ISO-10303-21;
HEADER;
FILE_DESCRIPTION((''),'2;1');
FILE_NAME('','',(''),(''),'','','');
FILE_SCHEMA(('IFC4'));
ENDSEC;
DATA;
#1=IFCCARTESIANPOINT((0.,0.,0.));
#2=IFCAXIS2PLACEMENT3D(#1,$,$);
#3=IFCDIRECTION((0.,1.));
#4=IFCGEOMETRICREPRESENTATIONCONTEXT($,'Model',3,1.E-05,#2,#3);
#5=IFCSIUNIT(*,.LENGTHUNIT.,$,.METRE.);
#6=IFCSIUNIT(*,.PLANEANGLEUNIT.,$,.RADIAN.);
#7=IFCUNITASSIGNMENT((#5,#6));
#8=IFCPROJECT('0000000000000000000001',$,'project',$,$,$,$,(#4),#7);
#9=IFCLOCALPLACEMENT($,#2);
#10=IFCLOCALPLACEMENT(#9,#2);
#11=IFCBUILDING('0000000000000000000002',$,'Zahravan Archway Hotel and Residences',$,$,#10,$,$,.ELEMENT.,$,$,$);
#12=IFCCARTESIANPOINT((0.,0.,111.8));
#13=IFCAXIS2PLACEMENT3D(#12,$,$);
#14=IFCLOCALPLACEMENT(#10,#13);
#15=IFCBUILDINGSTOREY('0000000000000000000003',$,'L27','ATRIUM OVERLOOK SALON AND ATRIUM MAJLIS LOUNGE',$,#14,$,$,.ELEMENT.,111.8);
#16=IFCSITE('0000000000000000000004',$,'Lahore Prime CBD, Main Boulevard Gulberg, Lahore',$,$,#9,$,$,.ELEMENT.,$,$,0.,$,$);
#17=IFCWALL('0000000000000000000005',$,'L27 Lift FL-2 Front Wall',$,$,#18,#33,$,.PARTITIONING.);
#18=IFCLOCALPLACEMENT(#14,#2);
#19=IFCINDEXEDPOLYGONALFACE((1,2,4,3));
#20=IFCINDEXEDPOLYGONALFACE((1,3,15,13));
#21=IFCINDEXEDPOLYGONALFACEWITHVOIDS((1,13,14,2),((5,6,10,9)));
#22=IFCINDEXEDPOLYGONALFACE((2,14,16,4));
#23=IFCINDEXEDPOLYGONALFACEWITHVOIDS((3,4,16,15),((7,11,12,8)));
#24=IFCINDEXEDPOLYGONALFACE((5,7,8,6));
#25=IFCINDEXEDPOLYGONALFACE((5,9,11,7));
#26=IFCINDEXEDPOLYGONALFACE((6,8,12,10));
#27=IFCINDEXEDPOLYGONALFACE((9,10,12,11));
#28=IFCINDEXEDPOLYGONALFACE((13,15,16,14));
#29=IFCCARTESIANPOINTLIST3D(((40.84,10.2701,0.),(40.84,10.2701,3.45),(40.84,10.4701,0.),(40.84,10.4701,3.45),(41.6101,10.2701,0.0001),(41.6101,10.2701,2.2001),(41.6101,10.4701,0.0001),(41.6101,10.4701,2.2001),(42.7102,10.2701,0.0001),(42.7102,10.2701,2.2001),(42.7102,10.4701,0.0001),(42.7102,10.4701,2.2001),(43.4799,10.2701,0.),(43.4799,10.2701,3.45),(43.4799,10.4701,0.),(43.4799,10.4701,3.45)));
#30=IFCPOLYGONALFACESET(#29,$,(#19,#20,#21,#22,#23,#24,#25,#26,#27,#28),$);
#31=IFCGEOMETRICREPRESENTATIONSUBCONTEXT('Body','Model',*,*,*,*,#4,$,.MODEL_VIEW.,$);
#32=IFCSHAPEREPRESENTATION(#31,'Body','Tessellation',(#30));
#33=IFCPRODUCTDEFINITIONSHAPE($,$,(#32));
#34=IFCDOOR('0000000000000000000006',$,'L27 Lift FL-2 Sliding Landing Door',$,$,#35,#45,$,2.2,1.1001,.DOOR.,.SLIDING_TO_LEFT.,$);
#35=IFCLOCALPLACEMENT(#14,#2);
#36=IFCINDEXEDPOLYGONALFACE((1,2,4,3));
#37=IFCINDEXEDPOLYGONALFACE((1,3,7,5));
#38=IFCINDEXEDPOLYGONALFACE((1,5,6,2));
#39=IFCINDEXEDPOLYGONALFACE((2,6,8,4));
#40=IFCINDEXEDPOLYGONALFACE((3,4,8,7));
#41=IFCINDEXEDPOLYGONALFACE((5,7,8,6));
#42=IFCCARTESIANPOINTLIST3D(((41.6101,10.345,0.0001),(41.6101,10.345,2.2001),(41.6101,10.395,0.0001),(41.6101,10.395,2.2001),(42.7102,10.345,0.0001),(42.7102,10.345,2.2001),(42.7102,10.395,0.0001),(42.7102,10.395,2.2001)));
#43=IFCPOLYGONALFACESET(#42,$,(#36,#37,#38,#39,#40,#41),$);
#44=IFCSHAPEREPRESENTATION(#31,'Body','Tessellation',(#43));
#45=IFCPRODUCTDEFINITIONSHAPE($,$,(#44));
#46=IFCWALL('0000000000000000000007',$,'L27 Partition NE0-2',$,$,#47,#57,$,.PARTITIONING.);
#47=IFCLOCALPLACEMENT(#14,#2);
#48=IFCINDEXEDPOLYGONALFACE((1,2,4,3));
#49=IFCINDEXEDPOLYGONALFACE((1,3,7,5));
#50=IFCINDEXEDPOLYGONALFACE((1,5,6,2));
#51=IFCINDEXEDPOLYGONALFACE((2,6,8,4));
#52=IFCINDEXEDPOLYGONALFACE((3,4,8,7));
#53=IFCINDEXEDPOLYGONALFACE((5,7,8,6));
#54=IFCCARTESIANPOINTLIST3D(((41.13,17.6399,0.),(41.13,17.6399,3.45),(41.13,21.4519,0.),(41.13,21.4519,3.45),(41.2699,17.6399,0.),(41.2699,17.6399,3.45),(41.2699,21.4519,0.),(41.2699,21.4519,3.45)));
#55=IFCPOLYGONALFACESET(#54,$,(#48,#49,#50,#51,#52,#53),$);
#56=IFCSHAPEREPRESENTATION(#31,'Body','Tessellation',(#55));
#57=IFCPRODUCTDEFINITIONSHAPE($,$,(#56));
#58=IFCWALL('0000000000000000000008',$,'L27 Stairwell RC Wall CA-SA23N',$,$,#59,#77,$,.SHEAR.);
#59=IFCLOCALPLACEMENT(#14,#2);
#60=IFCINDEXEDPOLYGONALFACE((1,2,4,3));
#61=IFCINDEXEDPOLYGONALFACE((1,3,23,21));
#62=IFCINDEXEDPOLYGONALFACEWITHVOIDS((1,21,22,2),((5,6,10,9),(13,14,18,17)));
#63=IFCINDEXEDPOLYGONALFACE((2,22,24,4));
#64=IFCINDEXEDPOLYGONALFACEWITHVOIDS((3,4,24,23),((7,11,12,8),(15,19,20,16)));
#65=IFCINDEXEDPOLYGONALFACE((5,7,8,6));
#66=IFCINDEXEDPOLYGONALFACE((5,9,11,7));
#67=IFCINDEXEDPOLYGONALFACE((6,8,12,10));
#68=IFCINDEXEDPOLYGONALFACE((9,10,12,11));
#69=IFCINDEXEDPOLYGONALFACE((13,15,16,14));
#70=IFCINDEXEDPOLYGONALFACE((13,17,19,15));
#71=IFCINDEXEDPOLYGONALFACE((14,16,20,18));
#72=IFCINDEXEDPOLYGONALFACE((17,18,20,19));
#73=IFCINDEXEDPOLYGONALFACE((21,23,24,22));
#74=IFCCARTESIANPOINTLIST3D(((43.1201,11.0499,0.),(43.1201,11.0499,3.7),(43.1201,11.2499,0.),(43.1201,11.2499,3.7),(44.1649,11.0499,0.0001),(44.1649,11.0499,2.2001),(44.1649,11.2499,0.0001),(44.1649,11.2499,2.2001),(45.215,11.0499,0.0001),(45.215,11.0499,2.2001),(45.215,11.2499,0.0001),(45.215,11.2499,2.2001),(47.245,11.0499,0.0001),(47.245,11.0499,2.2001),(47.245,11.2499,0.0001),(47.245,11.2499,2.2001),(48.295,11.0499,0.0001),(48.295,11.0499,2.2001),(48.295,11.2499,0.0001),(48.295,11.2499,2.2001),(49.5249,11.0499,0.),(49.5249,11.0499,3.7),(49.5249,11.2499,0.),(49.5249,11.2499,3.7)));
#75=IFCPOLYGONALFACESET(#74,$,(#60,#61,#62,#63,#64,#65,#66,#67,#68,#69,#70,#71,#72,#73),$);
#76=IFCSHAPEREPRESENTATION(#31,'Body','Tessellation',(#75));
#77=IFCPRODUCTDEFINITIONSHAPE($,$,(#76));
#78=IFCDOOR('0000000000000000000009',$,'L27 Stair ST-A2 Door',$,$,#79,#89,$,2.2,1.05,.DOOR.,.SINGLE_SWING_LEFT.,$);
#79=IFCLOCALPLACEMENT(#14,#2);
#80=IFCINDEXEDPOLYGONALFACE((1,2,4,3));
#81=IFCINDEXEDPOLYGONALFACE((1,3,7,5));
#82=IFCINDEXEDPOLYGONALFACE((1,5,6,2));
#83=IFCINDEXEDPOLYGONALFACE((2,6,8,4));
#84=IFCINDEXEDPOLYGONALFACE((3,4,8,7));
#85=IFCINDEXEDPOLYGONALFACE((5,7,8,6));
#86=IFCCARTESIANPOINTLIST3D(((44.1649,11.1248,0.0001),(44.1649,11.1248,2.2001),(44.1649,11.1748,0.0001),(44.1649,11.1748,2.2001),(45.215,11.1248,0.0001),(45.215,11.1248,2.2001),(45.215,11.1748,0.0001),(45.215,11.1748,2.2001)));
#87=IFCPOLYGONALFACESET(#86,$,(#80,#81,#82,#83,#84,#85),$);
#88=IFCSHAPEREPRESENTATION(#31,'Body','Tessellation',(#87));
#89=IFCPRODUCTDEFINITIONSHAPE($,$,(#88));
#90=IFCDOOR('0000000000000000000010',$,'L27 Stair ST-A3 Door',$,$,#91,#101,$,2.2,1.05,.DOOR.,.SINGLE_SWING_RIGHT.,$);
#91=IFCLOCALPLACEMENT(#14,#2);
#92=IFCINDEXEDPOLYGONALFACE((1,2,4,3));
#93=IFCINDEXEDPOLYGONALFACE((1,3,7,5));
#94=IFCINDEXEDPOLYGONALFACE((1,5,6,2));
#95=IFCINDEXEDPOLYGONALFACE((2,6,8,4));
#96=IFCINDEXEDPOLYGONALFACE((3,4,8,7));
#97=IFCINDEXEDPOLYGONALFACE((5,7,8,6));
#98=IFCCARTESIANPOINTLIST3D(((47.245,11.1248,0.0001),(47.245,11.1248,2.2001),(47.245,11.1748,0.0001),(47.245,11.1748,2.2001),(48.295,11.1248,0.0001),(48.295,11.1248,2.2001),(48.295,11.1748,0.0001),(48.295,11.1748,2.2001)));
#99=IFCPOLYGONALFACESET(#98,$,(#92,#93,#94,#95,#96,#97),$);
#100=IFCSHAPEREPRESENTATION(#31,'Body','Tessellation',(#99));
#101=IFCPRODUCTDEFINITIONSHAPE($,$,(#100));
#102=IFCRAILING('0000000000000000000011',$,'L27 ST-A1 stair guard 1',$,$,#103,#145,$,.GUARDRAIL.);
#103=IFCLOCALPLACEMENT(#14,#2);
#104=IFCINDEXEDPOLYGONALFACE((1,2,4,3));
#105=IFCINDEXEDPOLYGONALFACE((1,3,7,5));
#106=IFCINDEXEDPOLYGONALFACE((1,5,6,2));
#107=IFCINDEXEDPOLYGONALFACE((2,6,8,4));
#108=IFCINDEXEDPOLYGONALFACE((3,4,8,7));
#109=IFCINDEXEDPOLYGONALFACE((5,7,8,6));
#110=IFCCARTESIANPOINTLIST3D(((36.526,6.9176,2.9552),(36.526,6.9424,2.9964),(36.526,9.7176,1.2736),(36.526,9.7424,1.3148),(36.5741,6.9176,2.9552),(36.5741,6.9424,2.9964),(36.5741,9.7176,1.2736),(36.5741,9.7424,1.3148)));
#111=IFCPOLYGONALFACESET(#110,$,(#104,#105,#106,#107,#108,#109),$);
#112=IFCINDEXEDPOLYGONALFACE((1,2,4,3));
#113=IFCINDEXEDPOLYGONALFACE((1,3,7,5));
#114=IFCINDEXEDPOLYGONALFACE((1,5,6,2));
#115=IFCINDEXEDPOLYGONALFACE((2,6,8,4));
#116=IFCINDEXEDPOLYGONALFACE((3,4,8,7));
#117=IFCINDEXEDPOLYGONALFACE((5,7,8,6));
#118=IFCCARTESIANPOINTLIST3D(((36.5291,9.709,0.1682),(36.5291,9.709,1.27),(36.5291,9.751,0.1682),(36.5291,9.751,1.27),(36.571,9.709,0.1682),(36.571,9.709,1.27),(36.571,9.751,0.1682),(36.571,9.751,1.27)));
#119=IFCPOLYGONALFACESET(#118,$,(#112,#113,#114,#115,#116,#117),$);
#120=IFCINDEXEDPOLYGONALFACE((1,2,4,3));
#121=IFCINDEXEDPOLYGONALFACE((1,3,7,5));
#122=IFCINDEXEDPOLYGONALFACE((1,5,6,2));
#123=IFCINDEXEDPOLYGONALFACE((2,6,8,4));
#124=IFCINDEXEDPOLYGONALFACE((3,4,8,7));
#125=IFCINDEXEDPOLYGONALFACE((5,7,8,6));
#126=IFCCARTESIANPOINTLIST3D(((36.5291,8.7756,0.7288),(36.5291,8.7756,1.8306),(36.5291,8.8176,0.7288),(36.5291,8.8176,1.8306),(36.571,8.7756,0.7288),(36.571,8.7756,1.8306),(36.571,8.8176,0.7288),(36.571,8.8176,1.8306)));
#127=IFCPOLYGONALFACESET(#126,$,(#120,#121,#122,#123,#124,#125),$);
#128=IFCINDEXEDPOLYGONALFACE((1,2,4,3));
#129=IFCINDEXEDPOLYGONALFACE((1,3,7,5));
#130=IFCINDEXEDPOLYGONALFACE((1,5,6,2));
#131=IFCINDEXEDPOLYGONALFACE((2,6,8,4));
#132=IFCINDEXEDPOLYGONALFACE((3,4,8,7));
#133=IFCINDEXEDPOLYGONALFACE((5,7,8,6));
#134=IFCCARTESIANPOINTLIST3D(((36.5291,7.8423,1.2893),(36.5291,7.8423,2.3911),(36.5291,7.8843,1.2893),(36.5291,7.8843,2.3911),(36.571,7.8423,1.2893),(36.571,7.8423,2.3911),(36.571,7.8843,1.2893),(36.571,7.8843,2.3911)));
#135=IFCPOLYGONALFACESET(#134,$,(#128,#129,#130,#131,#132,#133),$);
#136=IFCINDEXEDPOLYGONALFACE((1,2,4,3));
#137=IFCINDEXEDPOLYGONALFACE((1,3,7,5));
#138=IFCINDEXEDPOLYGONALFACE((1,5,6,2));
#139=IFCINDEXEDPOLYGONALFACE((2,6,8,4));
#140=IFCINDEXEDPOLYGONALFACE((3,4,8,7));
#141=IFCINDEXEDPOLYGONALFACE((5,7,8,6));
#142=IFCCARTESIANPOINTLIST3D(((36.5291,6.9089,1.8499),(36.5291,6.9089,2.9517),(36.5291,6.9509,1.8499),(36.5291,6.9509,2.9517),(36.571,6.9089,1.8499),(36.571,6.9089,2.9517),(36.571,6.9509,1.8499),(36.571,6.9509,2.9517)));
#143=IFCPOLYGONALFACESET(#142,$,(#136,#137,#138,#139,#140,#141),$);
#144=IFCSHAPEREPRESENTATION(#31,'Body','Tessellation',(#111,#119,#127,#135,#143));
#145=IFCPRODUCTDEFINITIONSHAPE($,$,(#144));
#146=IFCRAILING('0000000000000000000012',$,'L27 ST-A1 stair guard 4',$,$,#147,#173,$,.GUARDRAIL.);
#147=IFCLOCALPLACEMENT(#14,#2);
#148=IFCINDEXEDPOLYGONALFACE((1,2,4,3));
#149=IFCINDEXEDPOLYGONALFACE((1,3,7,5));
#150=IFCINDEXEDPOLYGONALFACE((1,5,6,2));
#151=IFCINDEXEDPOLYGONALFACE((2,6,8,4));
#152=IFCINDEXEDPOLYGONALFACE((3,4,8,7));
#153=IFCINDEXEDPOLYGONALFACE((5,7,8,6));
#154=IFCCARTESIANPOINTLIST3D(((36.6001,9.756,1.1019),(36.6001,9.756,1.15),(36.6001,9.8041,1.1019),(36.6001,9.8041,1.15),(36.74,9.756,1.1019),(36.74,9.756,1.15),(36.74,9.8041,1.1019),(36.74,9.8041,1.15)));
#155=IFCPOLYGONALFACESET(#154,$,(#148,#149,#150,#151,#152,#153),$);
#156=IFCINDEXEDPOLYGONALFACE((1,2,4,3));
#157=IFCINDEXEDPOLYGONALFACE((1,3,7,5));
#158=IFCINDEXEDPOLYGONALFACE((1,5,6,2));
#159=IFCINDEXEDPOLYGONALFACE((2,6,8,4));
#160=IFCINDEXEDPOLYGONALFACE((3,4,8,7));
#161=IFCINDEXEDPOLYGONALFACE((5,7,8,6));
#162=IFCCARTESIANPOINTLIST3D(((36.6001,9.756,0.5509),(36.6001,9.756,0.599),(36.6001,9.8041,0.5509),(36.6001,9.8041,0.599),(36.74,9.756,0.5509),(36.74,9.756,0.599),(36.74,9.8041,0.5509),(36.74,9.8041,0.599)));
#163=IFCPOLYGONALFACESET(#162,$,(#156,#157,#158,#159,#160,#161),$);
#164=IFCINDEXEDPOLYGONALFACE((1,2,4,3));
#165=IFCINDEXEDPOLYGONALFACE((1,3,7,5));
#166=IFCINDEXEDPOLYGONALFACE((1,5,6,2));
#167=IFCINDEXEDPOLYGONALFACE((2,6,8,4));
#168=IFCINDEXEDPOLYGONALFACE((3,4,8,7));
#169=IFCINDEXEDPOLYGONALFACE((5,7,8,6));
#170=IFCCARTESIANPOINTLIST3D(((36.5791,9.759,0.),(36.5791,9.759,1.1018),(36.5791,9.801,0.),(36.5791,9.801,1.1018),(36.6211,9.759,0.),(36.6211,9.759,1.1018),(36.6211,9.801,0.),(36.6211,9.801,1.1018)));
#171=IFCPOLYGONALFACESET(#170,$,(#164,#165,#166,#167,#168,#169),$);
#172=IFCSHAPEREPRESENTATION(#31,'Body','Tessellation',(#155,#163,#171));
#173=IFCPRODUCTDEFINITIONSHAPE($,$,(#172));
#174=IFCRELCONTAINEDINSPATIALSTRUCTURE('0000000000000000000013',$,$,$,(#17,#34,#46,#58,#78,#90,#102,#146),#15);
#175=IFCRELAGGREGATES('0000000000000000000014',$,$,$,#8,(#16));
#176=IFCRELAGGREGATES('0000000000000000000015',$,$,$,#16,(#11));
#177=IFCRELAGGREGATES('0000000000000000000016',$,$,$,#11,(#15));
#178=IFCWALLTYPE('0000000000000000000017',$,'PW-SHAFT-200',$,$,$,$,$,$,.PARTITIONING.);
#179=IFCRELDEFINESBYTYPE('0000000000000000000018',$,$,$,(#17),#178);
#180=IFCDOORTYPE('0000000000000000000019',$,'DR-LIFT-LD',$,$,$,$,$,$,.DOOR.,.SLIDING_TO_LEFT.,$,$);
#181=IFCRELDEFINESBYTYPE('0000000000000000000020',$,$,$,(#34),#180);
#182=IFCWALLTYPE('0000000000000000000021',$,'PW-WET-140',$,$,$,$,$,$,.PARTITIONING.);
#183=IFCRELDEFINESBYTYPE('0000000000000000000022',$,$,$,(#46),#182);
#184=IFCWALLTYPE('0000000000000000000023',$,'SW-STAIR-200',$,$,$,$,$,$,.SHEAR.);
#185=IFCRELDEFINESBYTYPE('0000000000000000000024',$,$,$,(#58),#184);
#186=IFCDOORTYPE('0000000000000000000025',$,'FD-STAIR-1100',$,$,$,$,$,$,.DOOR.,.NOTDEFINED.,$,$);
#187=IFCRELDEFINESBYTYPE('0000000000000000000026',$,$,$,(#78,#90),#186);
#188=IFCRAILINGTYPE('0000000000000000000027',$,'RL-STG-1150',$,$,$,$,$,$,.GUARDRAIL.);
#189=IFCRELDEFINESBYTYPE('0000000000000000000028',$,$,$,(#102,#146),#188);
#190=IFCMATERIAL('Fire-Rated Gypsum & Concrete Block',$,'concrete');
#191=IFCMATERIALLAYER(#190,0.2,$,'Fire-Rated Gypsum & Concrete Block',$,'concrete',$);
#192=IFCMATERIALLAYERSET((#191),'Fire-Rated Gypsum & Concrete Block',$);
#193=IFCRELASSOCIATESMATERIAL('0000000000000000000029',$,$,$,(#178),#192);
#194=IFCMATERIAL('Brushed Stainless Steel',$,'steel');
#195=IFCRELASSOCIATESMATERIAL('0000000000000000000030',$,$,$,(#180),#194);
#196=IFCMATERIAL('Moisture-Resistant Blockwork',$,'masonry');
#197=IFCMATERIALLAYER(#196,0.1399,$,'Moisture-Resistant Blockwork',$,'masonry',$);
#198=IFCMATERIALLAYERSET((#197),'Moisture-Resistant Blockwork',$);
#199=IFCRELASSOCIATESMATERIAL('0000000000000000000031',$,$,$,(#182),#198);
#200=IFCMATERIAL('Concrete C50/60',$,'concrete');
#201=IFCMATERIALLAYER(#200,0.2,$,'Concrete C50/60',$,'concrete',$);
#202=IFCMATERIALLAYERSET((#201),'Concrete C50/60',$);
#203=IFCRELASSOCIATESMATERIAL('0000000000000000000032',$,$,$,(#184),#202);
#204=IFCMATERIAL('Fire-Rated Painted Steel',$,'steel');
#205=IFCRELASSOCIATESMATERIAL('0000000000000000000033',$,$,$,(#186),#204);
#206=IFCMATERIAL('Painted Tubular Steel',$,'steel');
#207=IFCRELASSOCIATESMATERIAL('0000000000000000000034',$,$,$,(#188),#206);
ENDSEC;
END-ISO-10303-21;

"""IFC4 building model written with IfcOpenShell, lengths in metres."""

from ifc_helpers import new_model, si_unit, direction, frame, frame_2d, origin, origin_2d, place, context, subcontext, project, spatial, rectangle, extrude, source, transform, mapped, material, layer, layer_set, type_object, type_shapes, element, fill, save


model = new_model("IFC4")

# Units and contexts
model_context = context("Model", 3, precision=1e-05, world=origin(), true_north=direction((0.0, 1.0)))
body_context = subcontext(model_context, "Body", "Model", "MODEL_VIEW")
ifc_project = project(units=[si_unit("LENGTHUNIT", "METRE"), si_unit("PLANEANGLEUNIT", "RADIAN")], contexts=[model_context])

# Site, building, storey
site_placement = place(None, origin())
site = spatial("IfcSite", under=ifc_project, at=site_placement, Name="Lahore Prime CBD, Main Boulevard Gulberg, Lahore", CompositionType="ELEMENT", RefElevation=0.0)
building_placement = place(site_placement, origin())
building = spatial("IfcBuilding", under=site, at=building_placement, Name="Zahravan Archway Hotel and Residences", CompositionType="ELEMENT")
storey_placement = place(building_placement, frame((0.0, 0.0, 111.8)))
storey = spatial("IfcBuildingStorey", under=building, at=storey_placement, Name="L27", Description="ATRIUM OVERLOOK SALON AND ATRIUM MAJLIS LOUNGE", CompositionType="ELEMENT", Elevation=111.8)

# Shared definitions
ifc_material_1 = material(Name="Fire-Rated Gypsum & Concrete Block", Category="concrete")
ifc_material_2 = material(Name="Fire-Rated Painted Steel", Category="steel")

# Shared definitions
ifc_layer_1 = layer(ifc_material_1, 0.2, Name="Fire-Rated Gypsum & Concrete Block", Category="concrete")
ifc_layer_set_1 = layer_set([ifc_layer_1], Name="Fire-Rated Gypsum & Concrete Block")
wall_type_1 = type_object("IfcWallType", Name="PW-SHAFT-200", PredefinedType="PARTITIONING", material=ifc_layer_set_1)

# Wall, opening, door
ifc_material_3 = material(Name="Brushed Stainless Steel", Category="steel")
door_type_1 = type_object("IfcDoorType", Name="DR-LIFT-LD", OperationType="SLIDING_TO_LEFT", PredefinedType="DOOR", material=ifc_material_3)
shared_shape_1 = source(origin(), body_context, "Body", "SweptSolid", [
    extrude(rectangle(XDim=1.1001, YDim=2.2, at=frame_2d((0.55, 1.1001))), frame((0.0, 0.0249, 0.0), z_axis=(0.0, -1.0, 0.0), x_axis=(1.0, 0.0, 0.0)), (0.0, 0.0, 1.0), 0.05),
])
type_shapes(door_type_1, [shared_shape_1])
wall_1_placement = place(storey_placement, frame((40.8401, 10.3701, 0.0), z_axis=(0.0, 0.0, 1.0), x_axis=(1.0, 0.0, 0.0)))
wall_1 = element("IfcWall", 1, at=wall_1_placement, inside=storey, type_object=wall_type_1, Name="L27 Lift FL-2 Front Wall", PredefinedType="PARTITIONING", context=body_context, shape_type="SweptSolid", body=[
    extrude(rectangle(XDim=2.6399, YDim=0.2, at=frame_2d((1.3198, 0.0))), origin(), (0.0, 0.0, 1.0), 3.45),
])
opening_1_placement = place(wall_1_placement, frame((0.77, 0.0, 0.0)))
opening_1 = element("IfcOpeningElement", 2, at=opening_1_placement, cuts=wall_1, PredefinedType="OPENING", context=body_context, shape_type="SweptSolid", body=[
    extrude(rectangle(XDim=1.1001, YDim=2.2, at=frame_2d((0.55, 1.1001))), frame((0.0, 0.1099, 0.0), z_axis=(0.0, -1.0, 0.0), x_axis=(1.0, 0.0, 0.0)), (0.0, 0.0, 1.0), 0.22),
])
door_1_placement = place(opening_1_placement, origin())
door_1 = element("IfcDoor", 3, at=door_1_placement, inside=storey, type_object=door_type_1, Name="L27 Lift FL-2 Sliding Landing Door", OperationType="SLIDING_TO_LEFT", OverallHeight=2.2, OverallWidth=1.1001, PredefinedType="DOOR", context=body_context, shape_type="MappedRepresentation", body=[
    mapped(shared_shape_1, transform((0.0, 0.0, 0.0), scale=1.0)),
])
fill(opening_1, door_1)

# Wall
ifc_material_4 = material(Name="Moisture-Resistant Blockwork", Category="masonry")
ifc_layer_2 = layer(ifc_material_4, 0.1399, Name="Moisture-Resistant Blockwork", Category="masonry")
ifc_layer_set_2 = layer_set([ifc_layer_2], Name="Moisture-Resistant Blockwork")
wall_type_2 = type_object("IfcWallType", Name="PW-WET-140", PredefinedType="PARTITIONING", material=ifc_layer_set_2)
wall_2_placement = place(storey_placement, frame((41.2, 17.6399, 0.0), z_axis=(0.0, 0.0, 1.0), x_axis=(0.0, 1.0, 0.0)))
element("IfcWall", 4, at=wall_2_placement, inside=storey, type_object=wall_type_2, Name="L27 Partition NE0-2", PredefinedType="PARTITIONING", context=body_context, shape_type="SweptSolid", body=[
    extrude(rectangle(XDim=3.812, YDim=0.1399, at=frame_2d((1.906, 0.0))), origin(), (0.0, 0.0, 1.0), 3.45),
])

# Wall, openings, doors
ifc_material_5 = material(Name="Concrete C50/60", Category="concrete")
ifc_layer_3 = layer(ifc_material_5, 0.2, Name="Concrete C50/60", Category="concrete")
ifc_layer_set_3 = layer_set([ifc_layer_3], Name="Concrete C50/60")
wall_type_3 = type_object("IfcWallType", Name="SW-STAIR-200", PredefinedType="SHEAR", material=ifc_layer_set_3)
wall_3_placement = place(storey_placement, frame((43.1201, 11.1499, 0.0), z_axis=(0.0, 0.0, 1.0), x_axis=(1.0, 0.0, 0.0)))
wall_3 = element("IfcWall", 5, at=wall_3_placement, inside=storey, type_object=wall_type_3, Name="L27 Stairwell RC Wall CA-SA23N", PredefinedType="SHEAR", context=body_context, shape_type="SweptSolid", body=[
    extrude(rectangle(XDim=6.4048, YDim=0.2, at=frame_2d((3.2024, 0.0))), origin(), (0.0, 0.0, 1.0), 3.7),
])
opening_2_placement = place(wall_3_placement, frame((1.0449, 0.0, 0.0)))
opening_2 = element("IfcOpeningElement", 6, at=opening_2_placement, cuts=wall_3, PredefinedType="OPENING", context=body_context, shape_type="SweptSolid", body=[
    extrude(rectangle(XDim=1.05, YDim=2.2, at=frame_2d((0.5249, 1.1001))), frame((0.0, 0.1099, 0.0), z_axis=(0.0, -1.0, 0.0), x_axis=(1.0, 0.0, 0.0)), (0.0, 0.0, 1.0), 0.22),
])
opening_3_placement = place(wall_3_placement, frame((4.125, 0.0, 0.0)))
opening_3 = element("IfcOpeningElement", 7, at=opening_3_placement, cuts=wall_3, PredefinedType="OPENING", context=body_context, shape_type="SweptSolid", body=[
    extrude(rectangle(XDim=1.05, YDim=2.2, at=frame_2d((0.5249, 1.1001))), frame((0.0, 0.1099, 0.0), z_axis=(0.0, -1.0, 0.0), x_axis=(1.0, 0.0, 0.0)), (0.0, 0.0, 1.0), 0.22),
])
door_type_2 = type_object("IfcDoorType", Name="FD-STAIR-1100", OperationType="NOTDEFINED", PredefinedType="DOOR", material=ifc_material_2)
shared_shape_2 = source(origin(), body_context, "Body", "SweptSolid", [
    extrude(rectangle(XDim=1.05, YDim=2.2, at=frame_2d((0.5249, 1.1001))), frame((0.0, 0.0249, 0.0), z_axis=(0.0, -1.0, 0.0), x_axis=(1.0, 0.0, 0.0)), (0.0, 0.0, 1.0), 0.05),
])
type_shapes(door_type_2, [shared_shape_2])
door_2_placement = place(opening_2_placement, origin())
door_2 = element("IfcDoor", 8, at=door_2_placement, inside=storey, type_object=door_type_2, Name="L27 Stair ST-A2 Door", OperationType="SINGLE_SWING_LEFT", OverallHeight=2.2, OverallWidth=1.05, PredefinedType="DOOR", context=body_context, shape_type="MappedRepresentation", body=[
    mapped(shared_shape_2, transform((0.0, 0.0, 0.0), scale=1.0)),
])
fill(opening_2, door_2)
door_3_placement = place(opening_3_placement, origin())
door_3 = element("IfcDoor", 9, at=door_3_placement, inside=storey, type_object=door_type_2, Name="L27 Stair ST-A3 Door", OperationType="SINGLE_SWING_RIGHT", OverallHeight=2.2, OverallWidth=1.05, PredefinedType="DOOR", context=body_context, shape_type="MappedRepresentation", body=[
    mapped(shared_shape_2, transform((0.0, 0.0, 0.0), scale=1.0)),
])
fill(opening_3, door_3)

# Railings
ifc_material_6 = material(Name="Painted Tubular Steel", Category="steel")
railing_type_1 = type_object("IfcRailingType", Name="RL-STG-1150", PredefinedType="GUARDRAIL", material=ifc_material_6)
railing_1_placement = place(storey_placement, frame((36.55, 9.73, 0.1682)))
element("IfcRailing", 10, at=railing_1_placement, inside=storey, type_object=railing_type_1, Name="L27 ST-A1 stair guard 1", PredefinedType="GUARDRAIL", context=body_context, shape_type="SweptSolid", body=[
    extrude(rectangle(XDim=0.0481, YDim=0.0481, at=origin_2d()), frame((0.0, 0.0, 1.126), z_axis=(0.0, -0.857275, 0.514858), x_axis=(1.0, 0.0, 0.0)), (0.0, 0.0, 1.0), 3.2661),
    extrude(rectangle(XDim=0.042, YDim=0.042, at=origin_2d()), origin(), (0.0, 0.0, 1.0), 1.1018),
    extrude(rectangle(XDim=0.042, YDim=0.042, at=origin_2d()), frame((0.0, -0.9333, 0.5605)), (0.0, 0.0, 1.0), 1.1018),
    extrude(rectangle(XDim=0.042, YDim=0.042, at=origin_2d()), frame((0.0, -1.8667, 1.1211)), (0.0, 0.0, 1.0), 1.1018),
    extrude(rectangle(XDim=0.042, YDim=0.042, at=origin_2d()), frame((0.0, -2.8, 1.6816)), (0.0, 0.0, 1.0), 1.1018),
])
railing_2_placement = place(storey_placement, frame((36.6001, 9.78, 0.0)))
element("IfcRailing", 11, at=railing_2_placement, inside=storey, type_object=railing_type_1, Name="L27 ST-A1 stair guard 4", PredefinedType="GUARDRAIL", context=body_context, shape_type="SweptSolid", body=[
    extrude(rectangle(XDim=0.0481, YDim=0.0481, at=origin_2d()), frame((0.0, 0.0, 1.126), z_axis=(1.0, 0.0, 0.0), x_axis=(0.0, 1.0, 0.0)), (0.0, 0.0, 1.0), 0.1399),
    extrude(rectangle(XDim=0.0481, YDim=0.0481, at=origin_2d()), frame((0.0, 0.0, 0.575), z_axis=(1.0, 0.0, 0.0), x_axis=(0.0, 1.0, 0.0)), (0.0, 0.0, 1.0), 0.1399),
    extrude(rectangle(XDim=0.042, YDim=0.042, at=origin_2d()), origin(), (0.0, 0.0, 1.0), 1.1018),
])

save(model, "model.ifc")
